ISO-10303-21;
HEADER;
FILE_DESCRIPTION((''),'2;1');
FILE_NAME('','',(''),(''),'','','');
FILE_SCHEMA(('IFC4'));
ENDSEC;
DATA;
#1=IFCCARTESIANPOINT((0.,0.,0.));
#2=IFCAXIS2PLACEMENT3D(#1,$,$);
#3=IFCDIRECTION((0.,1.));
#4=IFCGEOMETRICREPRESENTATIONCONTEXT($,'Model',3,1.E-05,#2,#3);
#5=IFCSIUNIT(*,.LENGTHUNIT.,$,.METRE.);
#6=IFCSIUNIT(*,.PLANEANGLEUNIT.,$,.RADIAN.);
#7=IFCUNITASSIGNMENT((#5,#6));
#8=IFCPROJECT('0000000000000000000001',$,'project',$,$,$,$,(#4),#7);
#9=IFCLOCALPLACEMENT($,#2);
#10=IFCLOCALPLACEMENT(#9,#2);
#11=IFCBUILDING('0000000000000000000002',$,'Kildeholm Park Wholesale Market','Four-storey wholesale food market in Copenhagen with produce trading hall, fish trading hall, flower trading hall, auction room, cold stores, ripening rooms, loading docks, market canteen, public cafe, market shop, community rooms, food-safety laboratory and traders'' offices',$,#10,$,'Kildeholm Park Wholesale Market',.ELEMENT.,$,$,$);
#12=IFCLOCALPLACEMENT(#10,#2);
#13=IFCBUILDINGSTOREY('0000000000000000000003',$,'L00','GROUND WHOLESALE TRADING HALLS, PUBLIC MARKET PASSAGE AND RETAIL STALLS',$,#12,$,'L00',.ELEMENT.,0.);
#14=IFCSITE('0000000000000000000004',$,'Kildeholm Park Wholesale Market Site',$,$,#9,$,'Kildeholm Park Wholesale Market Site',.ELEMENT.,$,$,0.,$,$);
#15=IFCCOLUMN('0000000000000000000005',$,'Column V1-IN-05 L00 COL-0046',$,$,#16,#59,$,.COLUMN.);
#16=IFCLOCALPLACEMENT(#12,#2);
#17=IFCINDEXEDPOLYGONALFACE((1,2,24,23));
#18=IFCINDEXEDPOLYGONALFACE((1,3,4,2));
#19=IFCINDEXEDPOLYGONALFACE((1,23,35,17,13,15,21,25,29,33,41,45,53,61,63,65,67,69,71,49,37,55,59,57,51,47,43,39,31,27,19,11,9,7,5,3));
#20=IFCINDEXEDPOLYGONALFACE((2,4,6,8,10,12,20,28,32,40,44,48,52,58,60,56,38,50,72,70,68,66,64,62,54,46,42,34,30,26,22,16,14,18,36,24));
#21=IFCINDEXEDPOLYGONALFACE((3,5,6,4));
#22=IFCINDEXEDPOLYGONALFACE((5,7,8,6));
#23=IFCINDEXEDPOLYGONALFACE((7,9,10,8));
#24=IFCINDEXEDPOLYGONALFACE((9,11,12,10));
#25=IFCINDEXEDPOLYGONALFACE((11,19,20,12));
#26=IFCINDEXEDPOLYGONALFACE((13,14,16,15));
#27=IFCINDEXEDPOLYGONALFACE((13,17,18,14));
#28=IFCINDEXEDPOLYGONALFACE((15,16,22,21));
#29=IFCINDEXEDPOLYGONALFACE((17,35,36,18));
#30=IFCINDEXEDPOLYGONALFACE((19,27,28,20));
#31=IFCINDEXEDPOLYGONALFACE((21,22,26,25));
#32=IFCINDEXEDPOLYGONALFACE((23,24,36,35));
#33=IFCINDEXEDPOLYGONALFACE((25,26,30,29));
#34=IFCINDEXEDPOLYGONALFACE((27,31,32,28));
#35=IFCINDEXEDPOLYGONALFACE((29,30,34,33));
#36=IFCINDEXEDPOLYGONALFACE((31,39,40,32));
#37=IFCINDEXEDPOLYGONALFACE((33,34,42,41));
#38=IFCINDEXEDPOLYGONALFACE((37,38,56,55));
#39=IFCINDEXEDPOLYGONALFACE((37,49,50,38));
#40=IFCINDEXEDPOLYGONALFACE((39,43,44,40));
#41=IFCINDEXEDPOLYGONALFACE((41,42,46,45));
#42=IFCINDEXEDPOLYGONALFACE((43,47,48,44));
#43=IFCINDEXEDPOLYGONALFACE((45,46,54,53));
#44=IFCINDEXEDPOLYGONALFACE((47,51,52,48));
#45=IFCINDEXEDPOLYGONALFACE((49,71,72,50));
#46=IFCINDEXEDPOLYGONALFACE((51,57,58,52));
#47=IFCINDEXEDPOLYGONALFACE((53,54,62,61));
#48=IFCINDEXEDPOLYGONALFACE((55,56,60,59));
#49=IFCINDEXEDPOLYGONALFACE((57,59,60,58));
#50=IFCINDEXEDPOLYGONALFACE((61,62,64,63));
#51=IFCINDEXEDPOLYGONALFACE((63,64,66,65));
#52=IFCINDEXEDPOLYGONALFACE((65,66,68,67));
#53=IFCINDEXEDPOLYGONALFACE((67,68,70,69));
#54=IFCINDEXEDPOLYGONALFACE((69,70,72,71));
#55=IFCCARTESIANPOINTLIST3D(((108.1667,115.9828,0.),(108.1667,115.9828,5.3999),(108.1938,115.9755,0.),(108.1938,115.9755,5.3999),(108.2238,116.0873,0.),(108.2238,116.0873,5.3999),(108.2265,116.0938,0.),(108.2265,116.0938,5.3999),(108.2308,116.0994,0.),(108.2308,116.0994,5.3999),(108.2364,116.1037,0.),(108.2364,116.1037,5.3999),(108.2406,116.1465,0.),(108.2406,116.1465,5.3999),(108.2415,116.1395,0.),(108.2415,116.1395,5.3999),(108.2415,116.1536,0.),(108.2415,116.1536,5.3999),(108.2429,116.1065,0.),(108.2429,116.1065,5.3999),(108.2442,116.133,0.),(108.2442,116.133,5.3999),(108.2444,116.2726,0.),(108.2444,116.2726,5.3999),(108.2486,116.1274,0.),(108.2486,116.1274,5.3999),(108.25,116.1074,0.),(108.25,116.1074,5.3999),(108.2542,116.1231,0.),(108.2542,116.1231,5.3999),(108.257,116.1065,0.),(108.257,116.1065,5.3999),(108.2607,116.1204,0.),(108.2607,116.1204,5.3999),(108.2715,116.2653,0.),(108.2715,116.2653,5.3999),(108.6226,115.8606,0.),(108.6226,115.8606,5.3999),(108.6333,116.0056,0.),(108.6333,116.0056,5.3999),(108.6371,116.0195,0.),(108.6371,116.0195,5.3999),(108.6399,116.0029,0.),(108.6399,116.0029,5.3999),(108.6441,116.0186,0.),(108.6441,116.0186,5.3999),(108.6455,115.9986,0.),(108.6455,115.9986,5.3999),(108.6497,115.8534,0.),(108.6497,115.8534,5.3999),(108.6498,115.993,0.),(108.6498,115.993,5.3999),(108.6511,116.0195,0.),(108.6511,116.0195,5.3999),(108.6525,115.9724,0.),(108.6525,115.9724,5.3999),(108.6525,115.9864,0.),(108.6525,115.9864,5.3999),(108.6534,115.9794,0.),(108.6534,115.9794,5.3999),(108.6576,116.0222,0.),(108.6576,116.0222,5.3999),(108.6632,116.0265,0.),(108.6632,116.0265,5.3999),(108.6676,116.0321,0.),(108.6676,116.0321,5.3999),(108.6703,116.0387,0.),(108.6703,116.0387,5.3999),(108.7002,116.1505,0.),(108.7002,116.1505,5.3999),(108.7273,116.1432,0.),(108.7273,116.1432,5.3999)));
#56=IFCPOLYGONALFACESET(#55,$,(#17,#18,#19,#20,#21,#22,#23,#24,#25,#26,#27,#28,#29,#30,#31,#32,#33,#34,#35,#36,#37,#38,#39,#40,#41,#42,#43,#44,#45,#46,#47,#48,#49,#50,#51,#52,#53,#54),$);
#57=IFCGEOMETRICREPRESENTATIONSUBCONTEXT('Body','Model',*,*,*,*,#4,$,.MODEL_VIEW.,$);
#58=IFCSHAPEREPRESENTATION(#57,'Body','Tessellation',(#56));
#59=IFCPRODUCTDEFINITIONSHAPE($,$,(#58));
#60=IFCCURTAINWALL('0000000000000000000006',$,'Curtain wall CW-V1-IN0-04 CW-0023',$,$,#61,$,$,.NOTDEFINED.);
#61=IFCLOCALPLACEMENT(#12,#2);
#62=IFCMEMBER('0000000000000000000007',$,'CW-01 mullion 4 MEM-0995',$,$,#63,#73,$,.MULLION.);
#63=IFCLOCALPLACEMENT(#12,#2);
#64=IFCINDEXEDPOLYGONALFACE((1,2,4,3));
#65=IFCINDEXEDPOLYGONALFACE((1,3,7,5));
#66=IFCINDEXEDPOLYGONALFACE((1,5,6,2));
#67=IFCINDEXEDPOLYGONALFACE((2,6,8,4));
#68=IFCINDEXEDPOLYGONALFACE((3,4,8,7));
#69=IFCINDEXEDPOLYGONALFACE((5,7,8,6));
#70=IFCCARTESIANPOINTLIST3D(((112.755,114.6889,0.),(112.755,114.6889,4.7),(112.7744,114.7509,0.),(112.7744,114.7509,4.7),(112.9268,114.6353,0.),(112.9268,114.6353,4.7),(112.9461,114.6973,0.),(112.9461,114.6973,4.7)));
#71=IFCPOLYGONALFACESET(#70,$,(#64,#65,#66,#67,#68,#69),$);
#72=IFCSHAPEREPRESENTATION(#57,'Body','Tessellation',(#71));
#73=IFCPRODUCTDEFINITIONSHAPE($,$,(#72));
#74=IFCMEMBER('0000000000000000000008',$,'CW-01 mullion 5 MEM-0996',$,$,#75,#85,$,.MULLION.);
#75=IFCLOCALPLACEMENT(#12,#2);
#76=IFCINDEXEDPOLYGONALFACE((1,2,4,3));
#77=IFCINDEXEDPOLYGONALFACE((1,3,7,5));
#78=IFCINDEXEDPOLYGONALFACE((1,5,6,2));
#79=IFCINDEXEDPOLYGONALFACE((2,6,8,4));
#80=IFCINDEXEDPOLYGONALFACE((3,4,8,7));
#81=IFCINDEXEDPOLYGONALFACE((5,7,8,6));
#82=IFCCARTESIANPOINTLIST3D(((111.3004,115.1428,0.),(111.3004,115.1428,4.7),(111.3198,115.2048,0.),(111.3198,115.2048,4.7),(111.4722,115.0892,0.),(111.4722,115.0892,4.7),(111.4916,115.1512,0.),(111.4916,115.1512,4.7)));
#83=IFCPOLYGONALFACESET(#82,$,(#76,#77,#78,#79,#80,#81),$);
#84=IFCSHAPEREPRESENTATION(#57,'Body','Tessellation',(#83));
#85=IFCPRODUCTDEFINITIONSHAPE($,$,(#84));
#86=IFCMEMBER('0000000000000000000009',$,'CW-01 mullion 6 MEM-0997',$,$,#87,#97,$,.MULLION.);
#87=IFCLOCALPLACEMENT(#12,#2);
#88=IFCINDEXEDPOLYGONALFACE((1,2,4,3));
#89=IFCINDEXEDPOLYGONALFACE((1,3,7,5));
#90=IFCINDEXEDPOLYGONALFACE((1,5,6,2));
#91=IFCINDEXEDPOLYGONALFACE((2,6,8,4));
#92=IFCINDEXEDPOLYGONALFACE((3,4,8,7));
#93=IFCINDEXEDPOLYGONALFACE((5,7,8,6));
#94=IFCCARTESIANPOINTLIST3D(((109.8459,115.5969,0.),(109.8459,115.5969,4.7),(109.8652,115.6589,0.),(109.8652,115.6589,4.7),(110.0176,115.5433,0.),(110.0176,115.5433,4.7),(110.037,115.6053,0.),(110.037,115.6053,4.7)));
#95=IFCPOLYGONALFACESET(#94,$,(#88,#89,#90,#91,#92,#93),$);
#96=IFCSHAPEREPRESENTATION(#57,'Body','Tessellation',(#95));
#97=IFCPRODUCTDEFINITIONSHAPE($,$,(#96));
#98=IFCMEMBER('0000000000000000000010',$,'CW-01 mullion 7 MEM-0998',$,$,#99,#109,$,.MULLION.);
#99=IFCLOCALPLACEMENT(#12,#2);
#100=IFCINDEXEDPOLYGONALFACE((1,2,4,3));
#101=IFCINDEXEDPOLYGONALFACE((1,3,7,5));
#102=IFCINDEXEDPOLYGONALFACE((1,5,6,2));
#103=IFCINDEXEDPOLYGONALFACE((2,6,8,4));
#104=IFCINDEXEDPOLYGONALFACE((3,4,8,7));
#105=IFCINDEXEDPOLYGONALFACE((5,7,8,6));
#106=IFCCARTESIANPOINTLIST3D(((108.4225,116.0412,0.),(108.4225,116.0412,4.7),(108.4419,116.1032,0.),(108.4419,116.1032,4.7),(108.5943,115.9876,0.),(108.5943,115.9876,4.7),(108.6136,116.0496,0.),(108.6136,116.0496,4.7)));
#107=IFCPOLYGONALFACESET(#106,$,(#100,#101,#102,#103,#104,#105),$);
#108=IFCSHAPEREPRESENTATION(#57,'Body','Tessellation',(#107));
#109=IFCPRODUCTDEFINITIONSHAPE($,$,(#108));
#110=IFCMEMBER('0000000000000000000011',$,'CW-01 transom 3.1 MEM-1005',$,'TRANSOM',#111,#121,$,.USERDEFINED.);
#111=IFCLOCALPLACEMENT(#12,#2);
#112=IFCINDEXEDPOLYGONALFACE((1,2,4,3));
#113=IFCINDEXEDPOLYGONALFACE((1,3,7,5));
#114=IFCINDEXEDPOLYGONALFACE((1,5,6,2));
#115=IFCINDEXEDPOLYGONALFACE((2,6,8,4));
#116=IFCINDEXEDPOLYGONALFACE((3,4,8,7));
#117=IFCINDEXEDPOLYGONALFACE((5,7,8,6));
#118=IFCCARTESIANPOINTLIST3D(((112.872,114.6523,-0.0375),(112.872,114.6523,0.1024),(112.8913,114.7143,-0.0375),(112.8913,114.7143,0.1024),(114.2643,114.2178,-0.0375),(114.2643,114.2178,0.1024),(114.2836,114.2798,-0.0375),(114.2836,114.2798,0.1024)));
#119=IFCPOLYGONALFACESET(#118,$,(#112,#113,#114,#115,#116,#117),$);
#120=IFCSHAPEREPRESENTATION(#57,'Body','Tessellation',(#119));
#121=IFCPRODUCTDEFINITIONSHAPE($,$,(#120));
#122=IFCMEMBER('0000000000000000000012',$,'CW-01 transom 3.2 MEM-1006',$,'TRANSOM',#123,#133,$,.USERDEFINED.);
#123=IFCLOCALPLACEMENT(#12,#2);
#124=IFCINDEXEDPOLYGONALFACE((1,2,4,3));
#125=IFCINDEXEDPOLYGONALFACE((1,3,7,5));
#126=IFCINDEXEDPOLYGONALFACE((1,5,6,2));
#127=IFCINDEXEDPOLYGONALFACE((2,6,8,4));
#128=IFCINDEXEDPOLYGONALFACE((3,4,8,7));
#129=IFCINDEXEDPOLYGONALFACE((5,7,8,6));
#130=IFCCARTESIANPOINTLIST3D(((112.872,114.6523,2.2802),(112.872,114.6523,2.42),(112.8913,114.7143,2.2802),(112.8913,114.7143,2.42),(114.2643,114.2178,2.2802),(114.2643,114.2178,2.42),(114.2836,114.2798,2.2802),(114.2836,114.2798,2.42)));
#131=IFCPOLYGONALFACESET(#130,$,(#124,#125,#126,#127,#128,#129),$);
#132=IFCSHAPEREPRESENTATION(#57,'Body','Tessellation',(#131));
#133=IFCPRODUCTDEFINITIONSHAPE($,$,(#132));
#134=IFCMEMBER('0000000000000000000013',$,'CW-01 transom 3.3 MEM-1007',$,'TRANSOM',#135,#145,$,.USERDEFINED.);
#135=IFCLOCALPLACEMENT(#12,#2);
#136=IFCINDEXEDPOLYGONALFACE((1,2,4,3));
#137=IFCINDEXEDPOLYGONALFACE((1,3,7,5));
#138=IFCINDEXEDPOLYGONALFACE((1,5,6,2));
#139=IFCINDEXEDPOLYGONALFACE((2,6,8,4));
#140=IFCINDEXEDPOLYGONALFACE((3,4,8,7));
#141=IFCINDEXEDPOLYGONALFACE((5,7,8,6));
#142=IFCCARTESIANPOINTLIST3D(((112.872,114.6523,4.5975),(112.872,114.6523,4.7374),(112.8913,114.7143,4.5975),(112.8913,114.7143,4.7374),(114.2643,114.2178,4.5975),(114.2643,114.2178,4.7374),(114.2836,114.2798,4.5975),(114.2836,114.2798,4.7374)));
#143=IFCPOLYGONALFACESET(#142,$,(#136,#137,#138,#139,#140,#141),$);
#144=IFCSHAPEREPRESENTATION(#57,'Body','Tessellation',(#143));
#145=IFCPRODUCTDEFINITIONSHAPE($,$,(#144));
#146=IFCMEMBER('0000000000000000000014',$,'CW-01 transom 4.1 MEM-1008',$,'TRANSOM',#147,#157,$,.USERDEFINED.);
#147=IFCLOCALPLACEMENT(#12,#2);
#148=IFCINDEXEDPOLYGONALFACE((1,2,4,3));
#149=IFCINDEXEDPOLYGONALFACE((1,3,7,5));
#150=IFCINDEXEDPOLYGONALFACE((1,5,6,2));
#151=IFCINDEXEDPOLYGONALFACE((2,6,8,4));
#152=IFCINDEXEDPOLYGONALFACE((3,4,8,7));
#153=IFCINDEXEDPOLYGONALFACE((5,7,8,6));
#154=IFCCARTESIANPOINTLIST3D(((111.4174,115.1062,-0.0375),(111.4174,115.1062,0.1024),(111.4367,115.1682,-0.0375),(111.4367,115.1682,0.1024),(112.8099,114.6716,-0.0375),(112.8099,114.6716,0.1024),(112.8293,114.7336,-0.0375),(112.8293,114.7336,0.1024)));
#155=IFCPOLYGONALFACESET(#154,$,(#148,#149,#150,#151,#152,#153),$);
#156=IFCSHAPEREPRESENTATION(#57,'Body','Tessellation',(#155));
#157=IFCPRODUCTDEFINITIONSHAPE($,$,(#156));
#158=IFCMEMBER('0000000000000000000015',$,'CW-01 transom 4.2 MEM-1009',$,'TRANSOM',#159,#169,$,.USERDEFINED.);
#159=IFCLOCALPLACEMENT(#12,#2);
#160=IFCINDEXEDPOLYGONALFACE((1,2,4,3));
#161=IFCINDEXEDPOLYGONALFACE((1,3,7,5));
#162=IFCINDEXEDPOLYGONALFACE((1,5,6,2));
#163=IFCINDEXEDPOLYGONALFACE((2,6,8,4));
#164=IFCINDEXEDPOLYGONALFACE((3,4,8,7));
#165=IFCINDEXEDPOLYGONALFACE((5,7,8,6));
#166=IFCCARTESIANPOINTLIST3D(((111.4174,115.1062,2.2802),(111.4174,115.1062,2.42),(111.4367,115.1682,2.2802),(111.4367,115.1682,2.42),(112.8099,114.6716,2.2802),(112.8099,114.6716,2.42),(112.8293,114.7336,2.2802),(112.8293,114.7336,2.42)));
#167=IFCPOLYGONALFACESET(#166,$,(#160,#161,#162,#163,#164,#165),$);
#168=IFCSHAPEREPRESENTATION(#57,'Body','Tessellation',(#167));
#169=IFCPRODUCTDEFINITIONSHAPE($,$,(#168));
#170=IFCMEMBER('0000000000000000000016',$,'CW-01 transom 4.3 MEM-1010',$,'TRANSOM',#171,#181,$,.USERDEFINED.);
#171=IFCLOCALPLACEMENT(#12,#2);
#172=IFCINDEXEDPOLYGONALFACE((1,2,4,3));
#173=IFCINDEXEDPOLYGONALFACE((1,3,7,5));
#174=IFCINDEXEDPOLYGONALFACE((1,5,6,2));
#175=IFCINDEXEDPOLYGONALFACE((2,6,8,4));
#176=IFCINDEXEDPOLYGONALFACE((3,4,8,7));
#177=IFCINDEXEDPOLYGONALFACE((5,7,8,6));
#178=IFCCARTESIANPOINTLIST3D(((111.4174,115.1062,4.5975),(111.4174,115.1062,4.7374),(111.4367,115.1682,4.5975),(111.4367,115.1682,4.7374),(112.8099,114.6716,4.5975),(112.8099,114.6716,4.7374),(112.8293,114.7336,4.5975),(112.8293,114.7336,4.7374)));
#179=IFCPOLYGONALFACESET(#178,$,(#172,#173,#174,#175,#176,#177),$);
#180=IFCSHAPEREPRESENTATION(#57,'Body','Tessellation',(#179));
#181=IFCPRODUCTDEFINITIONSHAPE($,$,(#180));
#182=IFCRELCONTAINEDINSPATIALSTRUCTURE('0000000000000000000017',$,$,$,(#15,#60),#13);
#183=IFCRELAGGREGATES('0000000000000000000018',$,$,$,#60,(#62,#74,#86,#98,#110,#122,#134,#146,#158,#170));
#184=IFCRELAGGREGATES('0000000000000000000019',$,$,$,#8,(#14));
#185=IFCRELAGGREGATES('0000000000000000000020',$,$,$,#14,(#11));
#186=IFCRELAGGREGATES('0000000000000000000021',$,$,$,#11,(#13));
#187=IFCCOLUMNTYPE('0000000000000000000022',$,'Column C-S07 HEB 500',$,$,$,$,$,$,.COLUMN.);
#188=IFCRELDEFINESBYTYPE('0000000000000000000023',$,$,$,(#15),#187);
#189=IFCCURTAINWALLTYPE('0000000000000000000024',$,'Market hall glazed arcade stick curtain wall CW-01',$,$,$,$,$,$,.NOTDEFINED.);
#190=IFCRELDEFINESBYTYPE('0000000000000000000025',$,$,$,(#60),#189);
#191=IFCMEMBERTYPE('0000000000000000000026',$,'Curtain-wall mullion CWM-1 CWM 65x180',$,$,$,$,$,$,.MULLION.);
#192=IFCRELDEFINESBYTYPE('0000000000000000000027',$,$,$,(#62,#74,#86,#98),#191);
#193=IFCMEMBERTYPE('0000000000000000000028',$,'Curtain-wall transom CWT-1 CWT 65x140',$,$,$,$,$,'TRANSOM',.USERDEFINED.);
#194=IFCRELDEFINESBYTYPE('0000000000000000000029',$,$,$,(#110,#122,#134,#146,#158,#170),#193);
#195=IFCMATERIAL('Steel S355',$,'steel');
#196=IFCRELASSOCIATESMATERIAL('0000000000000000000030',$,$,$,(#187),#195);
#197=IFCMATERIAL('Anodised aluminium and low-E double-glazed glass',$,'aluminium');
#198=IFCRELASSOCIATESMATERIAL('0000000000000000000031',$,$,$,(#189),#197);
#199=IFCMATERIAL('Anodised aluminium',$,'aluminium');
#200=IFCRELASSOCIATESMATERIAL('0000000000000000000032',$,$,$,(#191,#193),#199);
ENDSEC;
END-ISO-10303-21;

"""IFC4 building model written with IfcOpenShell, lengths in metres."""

from ifc_helpers import new_model, si_unit, direction, frame, origin, origin_2d, place, context, subcontext, project, spatial, rectangle, i_section, extrude, material, material_profile, profile_set, type_object, element, aggregate, save


model = new_model("IFC4")

# Units and contexts
model_context = context("Model", 3, precision=1e-05, world=origin(), true_north=direction((0.0, 1.0)))
body_context = subcontext(model_context, "Body", "Model", "MODEL_VIEW")
ifc_project = project(units=[si_unit("LENGTHUNIT", "METRE"), si_unit("PLANEANGLEUNIT", "RADIAN")], contexts=[model_context])

# Site, building, storey
site_placement = place(None, origin())
site = spatial("IfcSite", under=ifc_project, at=site_placement, Name="Kildeholm Park Wholesale Market Site", LongName="Kildeholm Park Wholesale Market Site", CompositionType="ELEMENT", RefElevation=0.0)
building_placement = place(site_placement, origin())
building = spatial("IfcBuilding", under=site, at=building_placement, Name="Kildeholm Park Wholesale Market", Description="Four-storey wholesale food market in Copenhagen with produce trading hall, fish trading hall, flower trading hall, auction room, cold stores, ripening rooms, loading docks, market canteen, public cafe, market shop, community rooms, food-safety laboratory and traders' offices", LongName="Kildeholm Park Wholesale Market", CompositionType="ELEMENT")
storey_placement = place(building_placement, origin())
storey = spatial("IfcBuildingStorey", under=building, at=storey_placement, Name="L00", Description="GROUND WHOLESALE TRADING HALLS, PUBLIC MARKET PASSAGE AND RETAIL STALLS", LongName="L00", CompositionType="ELEMENT", Elevation=0.0)

# Column
ifc_material_1 = material(Name="Steel S355", Category="steel")
ifc_material_profile_1 = material_profile(ifc_material_1, i_section(OverallWidth=0.3, OverallDepth=0.5, WebThickness=0.0144, FlangeThickness=0.0281, FilletRadius=0.0271, at=origin_2d()), Name="HEB 500")
ifc_profile_set_1 = profile_set([ifc_material_profile_1], Name="Steel S355")
column_type = type_object("IfcColumnType", Name="Column C-S07 HEB 500", PredefinedType="COLUMN", material=ifc_profile_set_1)
column_placement = place(storey_placement, frame((108.447, 116.063, 0.0), z_axis=(0.0, 0.0, 1.0), x_axis=(0.258819, 0.965926, 0.0)))
element("IfcColumn", 1, at=column_placement, inside=storey, type_object=column_type, Name="Column V1-IN-05 L00 COL-0046", PredefinedType="COLUMN", context=body_context, shape_type="SweptSolid", body=[
    extrude(i_section(OverallWidth=0.3, OverallDepth=0.5, WebThickness=0.0144, FlangeThickness=0.0281, FilletRadius=0.0271, at=origin_2d()), origin(), (0.0, 0.0, 1.0), 5.3999),
])

# Curtain wall, members
ifc_material_2 = material(Name="Anodised aluminium and low-E double-glazed glass", Category="aluminium")
curtain_wall_type = type_object("IfcCurtainWallType", Name="Market hall glazed arcade stick curtain wall CW-01", PredefinedType="NOTDEFINED", material=ifc_material_2)
curtain_wall_placement = place(storey_placement, origin())
curtain_wall = element("IfcCurtainWall", 2, at=curtain_wall_placement, inside=storey, type_object=curtain_wall_type, Name="Curtain wall CW-V1-IN0-04 CW-0023", PredefinedType="NOTDEFINED")
ifc_material_3 = material(Name="Anodised aluminium", Category="aluminium")
ifc_material_profile_2 = material_profile(ifc_material_3, rectangle(XDim=0.0649, YDim=0.1799, at=origin_2d()), Name="CWM 65x180")
ifc_profile_set_2 = profile_set([ifc_material_profile_2], Name="Anodised aluminium")
member_type_1 = type_object("IfcMemberType", Name="Curtain-wall mullion CWM-1 CWM 65x180", PredefinedType="MULLION", material=ifc_profile_set_2)
member_1_placement = place(storey_placement, frame((112.8506, 114.6931, 0.0), z_axis=(0.0, 0.0, 1.0), x_axis=(-0.297957, -0.954579, 0.0)))
member_1 = element("IfcMember", 3, at=member_1_placement, type_object=member_type_1, Name="CW-01 mullion 4 MEM-0995", PredefinedType="MULLION", context=body_context, shape_type="SweptSolid", body=[
    extrude(rectangle(XDim=0.0649, YDim=0.1799, at=origin_2d()), origin(), (0.0, 0.0, 1.0), 4.7),
])
member_2_placement = place(storey_placement, frame((111.396, 115.147, 0.0), z_axis=(0.0, 0.0, 1.0), x_axis=(-0.297957, -0.954579, 0.0)))
member_2 = element("IfcMember", 4, at=member_2_placement, type_object=member_type_1, Name="CW-01 mullion 5 MEM-0996", PredefinedType="MULLION", context=body_context, shape_type="SweptSolid", body=[
    extrude(rectangle(XDim=0.0649, YDim=0.1799, at=origin_2d()), origin(), (0.0, 0.0, 1.0), 4.7),
])
member_3_placement = place(storey_placement, frame((109.9414, 115.6011, 0.0), z_axis=(0.0, 0.0, 1.0), x_axis=(-0.297957, -0.954579, 0.0)))
member_3 = element("IfcMember", 5, at=member_3_placement, type_object=member_type_1, Name="CW-01 mullion 6 MEM-0997", PredefinedType="MULLION", context=body_context, shape_type="SweptSolid", body=[
    extrude(rectangle(XDim=0.0649, YDim=0.1799, at=origin_2d()), origin(), (0.0, 0.0, 1.0), 4.7),
])
member_4_placement = place(storey_placement, frame((108.5181, 116.0454, 0.0), z_axis=(0.0, 0.0, 1.0), x_axis=(-0.297957, -0.954579, 0.0)))
member_4 = element("IfcMember", 6, at=member_4_placement, type_object=member_type_1, Name="CW-01 mullion 7 MEM-0998", PredefinedType="MULLION", context=body_context, shape_type="SweptSolid", body=[
    extrude(rectangle(XDim=0.0649, YDim=0.1799, at=origin_2d()), origin(), (0.0, 0.0, 1.0), 4.7),
])
ifc_material_profile_3 = material_profile(ifc_material_3, rectangle(XDim=0.0649, YDim=0.1399, at=origin_2d()), Name="CWT 65x140")
ifc_profile_set_3 = profile_set([ifc_material_profile_3], Name="Anodised aluminium")
member_type_2 = type_object("IfcMemberType", Name="Curtain-wall transom CWT-1 CWT 65x140", ElementType="TRANSOM", PredefinedType="USERDEFINED", material=ifc_profile_set_3)
member_5_placement = place(storey_placement, frame((114.2739, 114.2488, 0.0325), z_axis=(-0.954584, 0.297941, 0.0), x_axis=(-0.297941, -0.954584, 0.0)))
member_5 = element("IfcMember", 7, at=member_5_placement, type_object=member_type_2, Name="CW-01 transom 3.1 MEM-1005", ObjectType="TRANSOM", PredefinedType="USERDEFINED", context=body_context, shape_type="SweptSolid", body=[
    extrude(rectangle(XDim=0.0649, YDim=0.1399, at=origin_2d()), origin(), (0.0, 0.0, 1.0), 1.4585),
])
member_6_placement = place(storey_placement, frame((114.2739, 114.2488, 2.3501), z_axis=(-0.954584, 0.297941, 0.0), x_axis=(-0.297941, -0.954584, 0.0)))
member_6 = element("IfcMember", 8, at=member_6_placement, type_object=member_type_2, Name="CW-01 transom 3.2 MEM-1006", ObjectType="TRANSOM", PredefinedType="USERDEFINED", context=body_context, shape_type="SweptSolid", body=[
    extrude(rectangle(XDim=0.0649, YDim=0.1399, at=origin_2d()), origin(), (0.0, 0.0, 1.0), 1.4585),
])
member_7_placement = place(storey_placement, frame((114.2739, 114.2488, 4.6675), z_axis=(-0.954584, 0.297941, 0.0), x_axis=(-0.297941, -0.954584, 0.0)))
member_7 = element("IfcMember", 9, at=member_7_placement, type_object=member_type_2, Name="CW-01 transom 3.3 MEM-1007", ObjectType="TRANSOM", PredefinedType="USERDEFINED", context=body_context, shape_type="SweptSolid", body=[
    extrude(rectangle(XDim=0.0649, YDim=0.1399, at=origin_2d()), origin(), (0.0, 0.0, 1.0), 1.4585),
])
member_8_placement = place(storey_placement, frame((112.8196, 114.7026, 0.0325), z_axis=(-0.954599, 0.297894, 0.0), x_axis=(-0.297894, -0.954599, 0.0)))
member_8 = element("IfcMember", 10, at=member_8_placement, type_object=member_type_2, Name="CW-01 transom 4.1 MEM-1008", ObjectType="TRANSOM", PredefinedType="USERDEFINED", context=body_context, shape_type="SweptSolid", body=[
    extrude(rectangle(XDim=0.0649, YDim=0.1399, at=origin_2d()), origin(), (0.0, 0.0, 1.0), 1.4587),
])
member_9_placement = place(storey_placement, frame((112.8196, 114.7026, 2.3501), z_axis=(-0.954599, 0.297894, 0.0), x_axis=(-0.297894, -0.954599, 0.0)))
member_9 = element("IfcMember", 11, at=member_9_placement, type_object=member_type_2, Name="CW-01 transom 4.2 MEM-1009", ObjectType="TRANSOM", PredefinedType="USERDEFINED", context=body_context, shape_type="SweptSolid", body=[
    extrude(rectangle(XDim=0.0649, YDim=0.1399, at=origin_2d()), origin(), (0.0, 0.0, 1.0), 1.4587),
])
member_10_placement = place(storey_placement, frame((112.8196, 114.7026, 4.6675), z_axis=(-0.954599, 0.297894, 0.0), x_axis=(-0.297894, -0.954599, 0.0)))
member_10 = element("IfcMember", 12, at=member_10_placement, type_object=member_type_2, Name="CW-01 transom 4.3 MEM-1010", ObjectType="TRANSOM", PredefinedType="USERDEFINED", context=body_context, shape_type="SweptSolid", body=[
    extrude(rectangle(XDim=0.0649, YDim=0.1399, at=origin_2d()), origin(), (0.0, 0.0, 1.0), 1.4587),
])
aggregate(curtain_wall, [member_1, member_2, member_3, member_4, member_5, member_6, member_7, member_8, member_9, member_10])

save(model, "model.ifc")
